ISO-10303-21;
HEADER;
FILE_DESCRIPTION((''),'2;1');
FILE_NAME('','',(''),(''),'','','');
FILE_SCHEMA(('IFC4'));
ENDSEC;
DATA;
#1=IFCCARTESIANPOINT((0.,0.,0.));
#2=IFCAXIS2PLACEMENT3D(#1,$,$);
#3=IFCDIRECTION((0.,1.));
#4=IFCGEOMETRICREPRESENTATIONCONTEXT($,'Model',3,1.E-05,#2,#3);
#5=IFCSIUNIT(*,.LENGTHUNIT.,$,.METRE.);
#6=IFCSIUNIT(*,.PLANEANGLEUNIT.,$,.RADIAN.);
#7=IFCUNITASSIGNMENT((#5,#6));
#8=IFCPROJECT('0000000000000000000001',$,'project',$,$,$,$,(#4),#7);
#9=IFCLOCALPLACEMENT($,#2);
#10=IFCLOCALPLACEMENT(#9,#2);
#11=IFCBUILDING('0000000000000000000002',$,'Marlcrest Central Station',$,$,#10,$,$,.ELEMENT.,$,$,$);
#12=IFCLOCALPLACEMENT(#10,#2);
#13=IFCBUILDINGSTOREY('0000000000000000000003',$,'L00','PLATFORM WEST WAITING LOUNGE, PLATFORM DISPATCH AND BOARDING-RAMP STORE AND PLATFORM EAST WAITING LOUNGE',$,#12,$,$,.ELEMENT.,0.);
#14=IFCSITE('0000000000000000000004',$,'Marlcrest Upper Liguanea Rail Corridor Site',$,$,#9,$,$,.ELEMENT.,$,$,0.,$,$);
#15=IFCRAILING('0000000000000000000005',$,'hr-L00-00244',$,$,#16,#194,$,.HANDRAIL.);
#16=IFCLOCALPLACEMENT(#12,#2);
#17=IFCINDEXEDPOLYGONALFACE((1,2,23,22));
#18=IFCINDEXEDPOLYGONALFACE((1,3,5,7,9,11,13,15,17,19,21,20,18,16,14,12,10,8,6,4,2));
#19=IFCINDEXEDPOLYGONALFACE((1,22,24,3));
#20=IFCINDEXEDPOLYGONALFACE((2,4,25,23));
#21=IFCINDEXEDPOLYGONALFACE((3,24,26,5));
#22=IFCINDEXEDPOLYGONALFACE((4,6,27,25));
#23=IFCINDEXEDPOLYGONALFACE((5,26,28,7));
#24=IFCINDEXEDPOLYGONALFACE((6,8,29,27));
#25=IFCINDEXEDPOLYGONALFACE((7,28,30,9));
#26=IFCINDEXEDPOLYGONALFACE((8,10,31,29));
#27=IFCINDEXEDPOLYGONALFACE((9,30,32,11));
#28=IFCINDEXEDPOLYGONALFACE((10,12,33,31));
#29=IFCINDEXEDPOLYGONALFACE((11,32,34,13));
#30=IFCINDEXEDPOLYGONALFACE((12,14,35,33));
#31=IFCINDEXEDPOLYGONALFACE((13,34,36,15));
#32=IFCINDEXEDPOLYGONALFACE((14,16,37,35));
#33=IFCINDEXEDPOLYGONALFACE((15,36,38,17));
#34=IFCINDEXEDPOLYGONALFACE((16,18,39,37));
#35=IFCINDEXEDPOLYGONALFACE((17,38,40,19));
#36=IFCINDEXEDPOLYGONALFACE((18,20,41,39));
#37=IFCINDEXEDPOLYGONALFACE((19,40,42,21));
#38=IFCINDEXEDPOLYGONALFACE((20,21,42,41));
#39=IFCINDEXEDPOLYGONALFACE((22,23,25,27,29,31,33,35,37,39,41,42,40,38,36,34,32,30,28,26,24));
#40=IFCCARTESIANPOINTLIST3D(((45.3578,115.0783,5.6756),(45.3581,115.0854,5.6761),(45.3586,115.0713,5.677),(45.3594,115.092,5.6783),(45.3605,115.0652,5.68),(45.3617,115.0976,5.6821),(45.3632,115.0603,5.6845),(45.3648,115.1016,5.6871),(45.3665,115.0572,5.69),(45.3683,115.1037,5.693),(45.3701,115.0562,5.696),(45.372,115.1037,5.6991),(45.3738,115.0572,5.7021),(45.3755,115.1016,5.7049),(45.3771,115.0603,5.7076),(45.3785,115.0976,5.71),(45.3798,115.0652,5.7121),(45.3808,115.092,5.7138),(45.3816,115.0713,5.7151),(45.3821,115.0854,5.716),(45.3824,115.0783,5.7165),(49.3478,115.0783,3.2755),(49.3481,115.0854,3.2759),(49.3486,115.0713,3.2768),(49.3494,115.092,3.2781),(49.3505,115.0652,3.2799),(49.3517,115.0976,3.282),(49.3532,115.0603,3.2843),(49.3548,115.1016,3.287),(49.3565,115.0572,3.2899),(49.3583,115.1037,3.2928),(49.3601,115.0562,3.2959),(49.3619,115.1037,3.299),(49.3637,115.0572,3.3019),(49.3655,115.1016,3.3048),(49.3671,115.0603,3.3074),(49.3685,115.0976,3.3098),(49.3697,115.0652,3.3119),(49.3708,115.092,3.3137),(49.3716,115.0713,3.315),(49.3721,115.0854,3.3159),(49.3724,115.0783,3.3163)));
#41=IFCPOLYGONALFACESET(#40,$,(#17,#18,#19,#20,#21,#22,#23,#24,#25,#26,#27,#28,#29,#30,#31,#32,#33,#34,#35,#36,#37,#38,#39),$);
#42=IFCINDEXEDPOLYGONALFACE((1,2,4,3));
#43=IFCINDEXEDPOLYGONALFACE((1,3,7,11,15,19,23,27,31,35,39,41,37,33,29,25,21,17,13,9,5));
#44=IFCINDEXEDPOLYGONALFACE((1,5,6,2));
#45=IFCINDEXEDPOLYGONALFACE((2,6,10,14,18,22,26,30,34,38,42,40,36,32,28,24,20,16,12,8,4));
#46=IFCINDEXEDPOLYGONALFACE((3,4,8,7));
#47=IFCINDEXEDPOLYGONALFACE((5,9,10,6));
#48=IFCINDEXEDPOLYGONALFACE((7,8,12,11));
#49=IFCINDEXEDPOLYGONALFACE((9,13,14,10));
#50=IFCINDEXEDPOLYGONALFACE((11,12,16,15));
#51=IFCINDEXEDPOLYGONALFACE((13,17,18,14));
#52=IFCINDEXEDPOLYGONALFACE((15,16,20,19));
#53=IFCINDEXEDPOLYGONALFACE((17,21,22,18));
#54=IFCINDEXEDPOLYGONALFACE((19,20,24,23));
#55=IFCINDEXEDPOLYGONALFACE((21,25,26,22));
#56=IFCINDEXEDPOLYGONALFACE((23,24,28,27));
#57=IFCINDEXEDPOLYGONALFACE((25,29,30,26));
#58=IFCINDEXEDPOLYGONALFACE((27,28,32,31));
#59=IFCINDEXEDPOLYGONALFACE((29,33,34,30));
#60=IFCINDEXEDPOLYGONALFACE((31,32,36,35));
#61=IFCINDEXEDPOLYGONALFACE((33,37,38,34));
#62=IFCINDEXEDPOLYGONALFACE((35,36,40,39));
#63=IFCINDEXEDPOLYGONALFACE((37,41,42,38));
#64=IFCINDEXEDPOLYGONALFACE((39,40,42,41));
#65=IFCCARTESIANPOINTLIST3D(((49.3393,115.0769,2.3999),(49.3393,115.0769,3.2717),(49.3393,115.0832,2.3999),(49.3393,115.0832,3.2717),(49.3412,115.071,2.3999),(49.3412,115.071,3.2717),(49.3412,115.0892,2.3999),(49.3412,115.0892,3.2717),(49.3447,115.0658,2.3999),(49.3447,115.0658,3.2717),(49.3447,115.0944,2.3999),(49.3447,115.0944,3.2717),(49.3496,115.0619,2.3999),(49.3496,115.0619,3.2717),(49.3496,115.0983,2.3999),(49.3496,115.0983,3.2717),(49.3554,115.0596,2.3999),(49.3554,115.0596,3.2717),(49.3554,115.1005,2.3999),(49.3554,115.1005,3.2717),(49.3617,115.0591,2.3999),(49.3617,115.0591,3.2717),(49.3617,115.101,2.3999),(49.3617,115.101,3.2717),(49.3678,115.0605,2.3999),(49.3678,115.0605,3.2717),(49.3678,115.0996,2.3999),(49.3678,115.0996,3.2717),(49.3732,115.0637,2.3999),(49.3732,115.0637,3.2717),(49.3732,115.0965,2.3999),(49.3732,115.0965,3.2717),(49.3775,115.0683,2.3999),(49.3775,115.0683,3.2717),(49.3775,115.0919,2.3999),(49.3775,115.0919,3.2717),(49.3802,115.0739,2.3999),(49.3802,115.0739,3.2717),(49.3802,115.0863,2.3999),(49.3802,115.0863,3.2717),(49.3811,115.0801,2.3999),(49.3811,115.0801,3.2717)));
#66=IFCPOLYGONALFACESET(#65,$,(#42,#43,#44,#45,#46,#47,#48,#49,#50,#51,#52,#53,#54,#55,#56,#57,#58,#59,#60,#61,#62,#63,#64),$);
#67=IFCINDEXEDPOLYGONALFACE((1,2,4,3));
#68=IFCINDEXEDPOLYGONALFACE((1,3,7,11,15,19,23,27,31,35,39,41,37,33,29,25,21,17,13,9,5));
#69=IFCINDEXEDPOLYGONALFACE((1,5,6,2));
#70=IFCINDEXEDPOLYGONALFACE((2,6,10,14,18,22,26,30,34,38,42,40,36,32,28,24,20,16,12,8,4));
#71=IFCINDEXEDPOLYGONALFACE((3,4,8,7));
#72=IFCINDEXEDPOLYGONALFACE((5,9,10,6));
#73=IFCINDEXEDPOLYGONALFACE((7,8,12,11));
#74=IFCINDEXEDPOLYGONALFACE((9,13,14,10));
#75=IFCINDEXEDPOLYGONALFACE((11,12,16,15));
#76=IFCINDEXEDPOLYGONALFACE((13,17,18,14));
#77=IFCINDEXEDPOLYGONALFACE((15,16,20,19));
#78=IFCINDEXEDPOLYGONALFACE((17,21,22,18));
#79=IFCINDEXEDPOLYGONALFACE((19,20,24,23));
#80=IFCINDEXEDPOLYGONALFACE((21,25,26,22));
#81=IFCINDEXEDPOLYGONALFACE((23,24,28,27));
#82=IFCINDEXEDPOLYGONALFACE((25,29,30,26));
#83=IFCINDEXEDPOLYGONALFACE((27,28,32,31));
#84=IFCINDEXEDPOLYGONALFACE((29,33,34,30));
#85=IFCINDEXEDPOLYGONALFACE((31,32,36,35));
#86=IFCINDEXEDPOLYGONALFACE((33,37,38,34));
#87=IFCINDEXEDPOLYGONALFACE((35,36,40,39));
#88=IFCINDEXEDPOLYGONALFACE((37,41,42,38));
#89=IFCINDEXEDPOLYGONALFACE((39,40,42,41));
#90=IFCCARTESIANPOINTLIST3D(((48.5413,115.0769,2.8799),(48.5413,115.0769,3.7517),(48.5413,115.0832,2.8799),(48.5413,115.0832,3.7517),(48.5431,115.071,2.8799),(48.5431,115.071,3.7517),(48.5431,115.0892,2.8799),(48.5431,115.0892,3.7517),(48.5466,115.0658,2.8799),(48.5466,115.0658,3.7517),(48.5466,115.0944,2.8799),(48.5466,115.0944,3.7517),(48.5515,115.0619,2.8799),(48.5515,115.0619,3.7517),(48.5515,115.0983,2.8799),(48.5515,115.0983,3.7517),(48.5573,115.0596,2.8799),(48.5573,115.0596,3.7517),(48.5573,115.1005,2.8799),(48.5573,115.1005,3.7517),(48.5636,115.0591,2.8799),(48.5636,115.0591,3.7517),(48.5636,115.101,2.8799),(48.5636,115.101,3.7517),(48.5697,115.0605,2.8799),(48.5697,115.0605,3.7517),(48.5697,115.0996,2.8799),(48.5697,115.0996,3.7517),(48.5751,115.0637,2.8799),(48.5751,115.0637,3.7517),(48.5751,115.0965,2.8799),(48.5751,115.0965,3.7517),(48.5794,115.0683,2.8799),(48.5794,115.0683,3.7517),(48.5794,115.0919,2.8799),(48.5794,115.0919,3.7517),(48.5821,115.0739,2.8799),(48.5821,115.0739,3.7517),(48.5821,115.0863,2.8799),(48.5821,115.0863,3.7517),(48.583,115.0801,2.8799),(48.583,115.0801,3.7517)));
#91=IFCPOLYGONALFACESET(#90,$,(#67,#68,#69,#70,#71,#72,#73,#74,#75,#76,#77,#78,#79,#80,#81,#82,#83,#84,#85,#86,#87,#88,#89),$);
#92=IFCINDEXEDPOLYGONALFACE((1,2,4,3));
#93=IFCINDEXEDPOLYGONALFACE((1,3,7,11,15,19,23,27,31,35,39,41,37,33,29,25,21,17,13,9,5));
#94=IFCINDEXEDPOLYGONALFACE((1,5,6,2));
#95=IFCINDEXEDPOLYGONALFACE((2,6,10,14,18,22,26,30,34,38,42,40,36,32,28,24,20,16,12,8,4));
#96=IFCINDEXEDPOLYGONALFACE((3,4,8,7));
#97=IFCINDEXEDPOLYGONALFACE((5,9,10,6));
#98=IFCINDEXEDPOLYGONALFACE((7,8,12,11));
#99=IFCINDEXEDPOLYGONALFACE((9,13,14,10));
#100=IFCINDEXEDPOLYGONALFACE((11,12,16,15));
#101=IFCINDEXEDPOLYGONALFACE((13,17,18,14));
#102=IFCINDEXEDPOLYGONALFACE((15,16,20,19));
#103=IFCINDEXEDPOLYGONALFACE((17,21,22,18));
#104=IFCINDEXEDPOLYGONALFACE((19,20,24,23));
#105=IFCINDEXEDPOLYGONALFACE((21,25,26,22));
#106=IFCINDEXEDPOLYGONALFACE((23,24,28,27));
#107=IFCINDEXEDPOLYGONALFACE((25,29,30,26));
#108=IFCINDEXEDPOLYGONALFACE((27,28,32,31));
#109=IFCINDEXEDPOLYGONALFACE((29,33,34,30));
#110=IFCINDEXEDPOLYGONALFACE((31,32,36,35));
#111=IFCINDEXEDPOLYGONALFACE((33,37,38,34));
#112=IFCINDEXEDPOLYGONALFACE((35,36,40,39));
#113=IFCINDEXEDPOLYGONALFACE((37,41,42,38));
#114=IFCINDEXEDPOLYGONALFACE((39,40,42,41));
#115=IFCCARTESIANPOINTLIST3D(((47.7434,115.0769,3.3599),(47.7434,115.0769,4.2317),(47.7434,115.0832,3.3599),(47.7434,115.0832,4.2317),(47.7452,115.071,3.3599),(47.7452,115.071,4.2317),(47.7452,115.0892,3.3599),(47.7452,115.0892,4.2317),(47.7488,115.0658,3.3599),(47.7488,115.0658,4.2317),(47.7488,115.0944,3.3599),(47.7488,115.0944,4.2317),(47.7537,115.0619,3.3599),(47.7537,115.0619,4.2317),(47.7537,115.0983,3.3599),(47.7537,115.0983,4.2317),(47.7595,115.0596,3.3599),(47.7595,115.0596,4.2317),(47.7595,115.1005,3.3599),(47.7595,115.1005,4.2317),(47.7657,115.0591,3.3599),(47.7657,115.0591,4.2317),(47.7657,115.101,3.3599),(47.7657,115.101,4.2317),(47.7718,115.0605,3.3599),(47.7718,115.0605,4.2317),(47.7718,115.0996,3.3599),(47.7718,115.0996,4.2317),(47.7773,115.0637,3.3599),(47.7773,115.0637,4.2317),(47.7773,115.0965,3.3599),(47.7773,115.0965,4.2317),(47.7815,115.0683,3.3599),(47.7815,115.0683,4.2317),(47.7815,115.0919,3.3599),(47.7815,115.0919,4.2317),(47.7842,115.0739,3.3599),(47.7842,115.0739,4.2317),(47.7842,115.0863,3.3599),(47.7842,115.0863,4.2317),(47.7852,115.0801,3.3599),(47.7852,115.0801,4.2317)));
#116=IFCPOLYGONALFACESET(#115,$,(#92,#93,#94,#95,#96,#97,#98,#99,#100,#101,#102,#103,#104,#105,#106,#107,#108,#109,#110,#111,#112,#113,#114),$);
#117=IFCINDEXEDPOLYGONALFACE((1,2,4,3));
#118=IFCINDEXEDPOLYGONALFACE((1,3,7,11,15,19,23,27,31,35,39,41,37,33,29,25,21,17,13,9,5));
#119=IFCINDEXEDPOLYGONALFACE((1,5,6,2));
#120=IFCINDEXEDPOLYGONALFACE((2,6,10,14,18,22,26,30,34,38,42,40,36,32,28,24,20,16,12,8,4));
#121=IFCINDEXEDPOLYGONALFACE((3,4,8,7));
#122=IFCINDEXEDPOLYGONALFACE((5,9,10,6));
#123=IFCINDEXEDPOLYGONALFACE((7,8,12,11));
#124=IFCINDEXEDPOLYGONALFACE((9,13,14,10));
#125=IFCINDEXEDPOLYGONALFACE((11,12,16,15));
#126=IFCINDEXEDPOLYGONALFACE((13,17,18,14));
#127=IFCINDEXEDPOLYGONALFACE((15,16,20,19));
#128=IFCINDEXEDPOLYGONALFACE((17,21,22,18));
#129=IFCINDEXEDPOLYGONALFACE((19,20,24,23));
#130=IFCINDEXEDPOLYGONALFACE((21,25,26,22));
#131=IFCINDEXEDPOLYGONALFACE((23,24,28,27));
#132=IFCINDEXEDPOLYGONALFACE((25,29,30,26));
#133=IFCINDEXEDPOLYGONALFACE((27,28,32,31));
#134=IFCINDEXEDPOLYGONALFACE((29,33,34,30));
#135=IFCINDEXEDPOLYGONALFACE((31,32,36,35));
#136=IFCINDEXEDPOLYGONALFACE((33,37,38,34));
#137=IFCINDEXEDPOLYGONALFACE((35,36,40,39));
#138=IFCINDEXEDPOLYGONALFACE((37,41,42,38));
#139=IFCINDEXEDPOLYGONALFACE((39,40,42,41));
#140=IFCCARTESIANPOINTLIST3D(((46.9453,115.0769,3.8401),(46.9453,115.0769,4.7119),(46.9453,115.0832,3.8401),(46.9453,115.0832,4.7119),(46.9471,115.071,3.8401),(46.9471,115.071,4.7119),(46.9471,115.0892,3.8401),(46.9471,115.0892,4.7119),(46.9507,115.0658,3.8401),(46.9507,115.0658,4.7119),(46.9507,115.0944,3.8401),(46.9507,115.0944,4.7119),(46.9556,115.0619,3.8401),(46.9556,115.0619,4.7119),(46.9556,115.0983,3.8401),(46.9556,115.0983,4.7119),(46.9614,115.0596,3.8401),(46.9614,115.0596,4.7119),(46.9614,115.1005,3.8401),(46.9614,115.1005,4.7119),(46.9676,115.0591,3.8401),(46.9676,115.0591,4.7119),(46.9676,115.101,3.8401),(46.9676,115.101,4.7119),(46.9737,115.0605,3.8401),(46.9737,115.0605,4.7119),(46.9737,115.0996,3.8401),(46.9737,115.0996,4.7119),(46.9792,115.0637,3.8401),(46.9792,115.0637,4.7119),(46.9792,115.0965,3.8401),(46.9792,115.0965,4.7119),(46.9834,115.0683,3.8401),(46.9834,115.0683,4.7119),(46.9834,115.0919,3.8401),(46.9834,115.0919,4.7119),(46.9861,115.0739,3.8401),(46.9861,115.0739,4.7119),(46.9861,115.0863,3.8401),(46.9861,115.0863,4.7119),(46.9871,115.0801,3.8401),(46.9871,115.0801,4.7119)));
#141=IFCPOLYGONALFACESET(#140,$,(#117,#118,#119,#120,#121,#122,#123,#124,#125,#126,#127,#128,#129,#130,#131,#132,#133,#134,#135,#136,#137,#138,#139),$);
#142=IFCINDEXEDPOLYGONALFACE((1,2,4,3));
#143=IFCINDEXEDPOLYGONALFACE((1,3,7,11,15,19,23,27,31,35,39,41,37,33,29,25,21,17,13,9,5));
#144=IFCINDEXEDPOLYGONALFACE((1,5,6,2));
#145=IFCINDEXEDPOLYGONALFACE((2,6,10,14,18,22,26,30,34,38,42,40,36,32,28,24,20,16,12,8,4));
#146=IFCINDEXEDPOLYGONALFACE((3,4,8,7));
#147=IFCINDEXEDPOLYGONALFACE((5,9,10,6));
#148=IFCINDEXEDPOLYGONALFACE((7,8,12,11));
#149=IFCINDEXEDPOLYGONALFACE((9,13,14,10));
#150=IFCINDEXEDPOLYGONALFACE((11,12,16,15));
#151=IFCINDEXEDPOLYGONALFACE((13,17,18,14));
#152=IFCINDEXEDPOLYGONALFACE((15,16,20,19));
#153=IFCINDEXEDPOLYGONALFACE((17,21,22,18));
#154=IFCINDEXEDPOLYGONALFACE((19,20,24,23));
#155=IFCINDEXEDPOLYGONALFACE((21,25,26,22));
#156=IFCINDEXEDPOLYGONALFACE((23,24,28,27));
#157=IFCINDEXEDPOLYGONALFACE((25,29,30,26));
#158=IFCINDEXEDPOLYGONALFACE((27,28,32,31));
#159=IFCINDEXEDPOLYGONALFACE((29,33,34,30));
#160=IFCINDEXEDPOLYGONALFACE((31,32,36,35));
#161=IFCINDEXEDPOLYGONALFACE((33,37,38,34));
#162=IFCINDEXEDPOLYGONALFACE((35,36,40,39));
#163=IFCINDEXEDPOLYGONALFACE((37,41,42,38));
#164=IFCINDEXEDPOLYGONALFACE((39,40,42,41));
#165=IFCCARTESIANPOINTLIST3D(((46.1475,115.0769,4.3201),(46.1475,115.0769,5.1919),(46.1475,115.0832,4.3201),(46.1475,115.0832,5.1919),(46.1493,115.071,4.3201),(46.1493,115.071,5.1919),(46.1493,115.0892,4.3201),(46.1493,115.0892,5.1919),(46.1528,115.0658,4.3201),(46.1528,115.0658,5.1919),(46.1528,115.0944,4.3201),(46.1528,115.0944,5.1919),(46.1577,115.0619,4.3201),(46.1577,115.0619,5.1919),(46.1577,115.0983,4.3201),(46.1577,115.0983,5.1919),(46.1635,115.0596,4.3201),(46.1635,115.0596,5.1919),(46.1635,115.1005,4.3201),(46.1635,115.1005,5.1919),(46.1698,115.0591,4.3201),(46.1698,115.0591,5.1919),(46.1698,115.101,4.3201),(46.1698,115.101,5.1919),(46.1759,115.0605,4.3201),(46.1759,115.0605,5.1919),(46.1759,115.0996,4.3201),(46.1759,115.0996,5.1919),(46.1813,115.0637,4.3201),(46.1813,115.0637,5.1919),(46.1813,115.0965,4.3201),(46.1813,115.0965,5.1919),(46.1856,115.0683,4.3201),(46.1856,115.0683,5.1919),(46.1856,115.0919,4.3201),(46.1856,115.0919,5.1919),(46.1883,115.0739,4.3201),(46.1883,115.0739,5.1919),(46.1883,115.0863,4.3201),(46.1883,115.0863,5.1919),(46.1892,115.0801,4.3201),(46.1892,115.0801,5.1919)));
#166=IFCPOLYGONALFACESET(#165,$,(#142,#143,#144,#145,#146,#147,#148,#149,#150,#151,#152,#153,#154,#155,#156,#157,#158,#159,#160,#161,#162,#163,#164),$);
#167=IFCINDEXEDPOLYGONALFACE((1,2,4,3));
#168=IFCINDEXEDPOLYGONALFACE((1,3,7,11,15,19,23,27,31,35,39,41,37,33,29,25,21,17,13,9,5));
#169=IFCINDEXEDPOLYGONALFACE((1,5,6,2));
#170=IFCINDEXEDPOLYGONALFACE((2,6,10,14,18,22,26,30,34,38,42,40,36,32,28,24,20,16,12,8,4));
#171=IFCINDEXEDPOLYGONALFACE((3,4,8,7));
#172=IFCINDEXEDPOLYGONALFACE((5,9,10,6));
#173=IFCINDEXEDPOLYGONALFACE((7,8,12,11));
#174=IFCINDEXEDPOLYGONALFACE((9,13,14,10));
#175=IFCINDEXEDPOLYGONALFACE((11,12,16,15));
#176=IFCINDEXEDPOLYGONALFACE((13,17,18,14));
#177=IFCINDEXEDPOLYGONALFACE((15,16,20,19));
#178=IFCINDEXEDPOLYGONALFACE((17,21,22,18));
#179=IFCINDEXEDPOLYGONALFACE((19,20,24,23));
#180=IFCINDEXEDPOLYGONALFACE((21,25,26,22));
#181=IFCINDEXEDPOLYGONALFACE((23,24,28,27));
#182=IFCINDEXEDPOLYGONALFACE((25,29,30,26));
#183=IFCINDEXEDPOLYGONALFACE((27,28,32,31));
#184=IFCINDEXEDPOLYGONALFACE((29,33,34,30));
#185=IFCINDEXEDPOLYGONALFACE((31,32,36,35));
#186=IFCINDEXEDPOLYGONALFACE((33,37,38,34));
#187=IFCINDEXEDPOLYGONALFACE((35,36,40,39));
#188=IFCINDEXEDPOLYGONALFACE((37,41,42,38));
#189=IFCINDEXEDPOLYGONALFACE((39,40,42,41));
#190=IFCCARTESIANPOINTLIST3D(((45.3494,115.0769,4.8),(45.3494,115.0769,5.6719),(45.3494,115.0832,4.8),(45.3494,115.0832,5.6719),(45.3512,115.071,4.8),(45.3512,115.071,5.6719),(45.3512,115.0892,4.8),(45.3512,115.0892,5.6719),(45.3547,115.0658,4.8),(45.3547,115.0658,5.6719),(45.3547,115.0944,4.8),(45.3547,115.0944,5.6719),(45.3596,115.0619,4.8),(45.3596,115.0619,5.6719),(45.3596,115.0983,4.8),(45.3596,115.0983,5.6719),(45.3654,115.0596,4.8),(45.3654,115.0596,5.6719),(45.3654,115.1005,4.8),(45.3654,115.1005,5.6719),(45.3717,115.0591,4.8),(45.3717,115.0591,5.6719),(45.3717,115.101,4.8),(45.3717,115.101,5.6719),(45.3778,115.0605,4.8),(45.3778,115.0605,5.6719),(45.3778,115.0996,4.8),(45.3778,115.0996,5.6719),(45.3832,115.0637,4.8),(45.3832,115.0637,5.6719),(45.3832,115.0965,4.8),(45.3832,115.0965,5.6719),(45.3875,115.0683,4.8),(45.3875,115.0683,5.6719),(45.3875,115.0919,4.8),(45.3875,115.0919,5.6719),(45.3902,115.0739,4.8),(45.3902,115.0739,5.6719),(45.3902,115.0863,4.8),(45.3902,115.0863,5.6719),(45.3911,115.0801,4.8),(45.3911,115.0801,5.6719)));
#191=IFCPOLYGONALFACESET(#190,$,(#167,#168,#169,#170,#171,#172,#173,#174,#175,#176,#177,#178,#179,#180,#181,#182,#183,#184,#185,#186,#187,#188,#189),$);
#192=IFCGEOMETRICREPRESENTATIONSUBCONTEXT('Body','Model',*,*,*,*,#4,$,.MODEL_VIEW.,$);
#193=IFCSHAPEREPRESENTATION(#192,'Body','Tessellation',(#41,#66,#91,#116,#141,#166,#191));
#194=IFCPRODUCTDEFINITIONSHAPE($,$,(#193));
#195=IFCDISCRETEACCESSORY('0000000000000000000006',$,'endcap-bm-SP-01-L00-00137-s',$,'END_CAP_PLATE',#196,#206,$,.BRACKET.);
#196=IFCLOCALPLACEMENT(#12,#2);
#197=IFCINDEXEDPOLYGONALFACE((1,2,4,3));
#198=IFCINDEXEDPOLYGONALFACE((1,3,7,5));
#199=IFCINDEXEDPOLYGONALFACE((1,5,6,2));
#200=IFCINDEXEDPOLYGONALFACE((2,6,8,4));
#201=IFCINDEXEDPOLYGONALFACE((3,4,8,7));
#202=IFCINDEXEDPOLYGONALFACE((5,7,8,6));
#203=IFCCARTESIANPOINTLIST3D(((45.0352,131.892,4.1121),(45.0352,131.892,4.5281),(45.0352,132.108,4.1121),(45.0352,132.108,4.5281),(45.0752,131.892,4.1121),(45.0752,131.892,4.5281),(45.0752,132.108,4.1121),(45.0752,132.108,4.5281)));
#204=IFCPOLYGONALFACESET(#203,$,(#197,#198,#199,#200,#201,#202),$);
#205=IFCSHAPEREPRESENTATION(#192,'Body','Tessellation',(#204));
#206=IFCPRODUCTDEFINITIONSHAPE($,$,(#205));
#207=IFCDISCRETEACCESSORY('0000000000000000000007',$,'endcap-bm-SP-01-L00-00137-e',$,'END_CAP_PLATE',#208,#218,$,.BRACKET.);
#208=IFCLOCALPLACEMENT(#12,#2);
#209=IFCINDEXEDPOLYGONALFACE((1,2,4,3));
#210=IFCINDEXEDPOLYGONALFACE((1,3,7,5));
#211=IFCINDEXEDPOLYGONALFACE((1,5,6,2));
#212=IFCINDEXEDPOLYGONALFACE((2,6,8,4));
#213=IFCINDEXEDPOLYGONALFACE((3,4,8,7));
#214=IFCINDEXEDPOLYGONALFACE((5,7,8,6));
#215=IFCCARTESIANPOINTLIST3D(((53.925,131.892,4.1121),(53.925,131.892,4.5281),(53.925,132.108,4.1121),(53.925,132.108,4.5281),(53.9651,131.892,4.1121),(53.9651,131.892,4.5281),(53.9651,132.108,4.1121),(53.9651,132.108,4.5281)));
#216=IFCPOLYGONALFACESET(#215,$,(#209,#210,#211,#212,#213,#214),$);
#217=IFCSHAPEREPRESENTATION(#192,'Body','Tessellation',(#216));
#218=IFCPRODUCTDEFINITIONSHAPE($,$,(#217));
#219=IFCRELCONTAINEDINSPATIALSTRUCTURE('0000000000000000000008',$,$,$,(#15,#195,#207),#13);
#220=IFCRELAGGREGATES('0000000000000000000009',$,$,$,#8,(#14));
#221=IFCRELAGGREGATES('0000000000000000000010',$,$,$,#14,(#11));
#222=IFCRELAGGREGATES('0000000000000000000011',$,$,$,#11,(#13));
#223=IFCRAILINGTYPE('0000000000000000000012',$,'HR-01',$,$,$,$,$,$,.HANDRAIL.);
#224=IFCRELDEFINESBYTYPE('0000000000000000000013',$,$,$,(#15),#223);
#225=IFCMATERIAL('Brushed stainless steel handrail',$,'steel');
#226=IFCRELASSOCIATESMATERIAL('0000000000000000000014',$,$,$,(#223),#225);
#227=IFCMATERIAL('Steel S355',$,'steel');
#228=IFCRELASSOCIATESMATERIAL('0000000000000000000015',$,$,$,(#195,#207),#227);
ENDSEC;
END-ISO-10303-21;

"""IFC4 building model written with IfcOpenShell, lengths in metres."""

from ifc_helpers import new_model, si_unit, direction, frame, origin, origin_2d, place, context, subcontext, project, spatial, rectangle, circle, extrude, material, type_object, element, save


model = new_model("IFC4")

# Units and contexts
model_context = context("Model", 3, precision=1e-05, world=origin(), true_north=direction((0.0, 1.0)))
body_context = subcontext(model_context, "Body", "Model", "MODEL_VIEW")
ifc_project = project(units=[si_unit("LENGTHUNIT", "METRE"), si_unit("PLANEANGLEUNIT", "RADIAN")], contexts=[model_context])

# Site, building, storey
site_placement = place(None, origin())
site = spatial("IfcSite", under=ifc_project, at=site_placement, Name="Marlcrest Upper Liguanea Rail Corridor Site", CompositionType="ELEMENT", RefElevation=0.0)
building_placement = place(site_placement, origin())
building = spatial("IfcBuilding", under=site, at=building_placement, Name="Marlcrest Central Station", CompositionType="ELEMENT")
storey_placement = place(building_placement, origin())
storey = spatial("IfcBuildingStorey", under=building, at=storey_placement, Name="L00", Description="PLATFORM WEST WAITING LOUNGE, PLATFORM DISPATCH AND BOARDING-RAMP STORE AND PLATFORM EAST WAITING LOUNGE", CompositionType="ELEMENT", Elevation=0.0)

# Shared definitions
ifc_material_1 = material(Name="Steel S355", Category="steel")

# Railing
ifc_material_2 = material(Name="Brushed stainless steel handrail", Category="steel")
railing_type_1 = type_object("IfcRailingType", Name="HR-01", PredefinedType="HANDRAIL", material=ifc_material_2)
railing_1_placement = place(storey_placement, frame((49.3601, 115.0801, 2.3999)))
element("IfcRailing", 1, at=railing_1_placement, inside=storey, type_object=railing_type_1, Name="hr-L00-00244", PredefinedType="HANDRAIL", context=body_context, shape_type="SweptSolid", body=[
    extrude(circle(Radius=0.0239, at=origin_2d()), frame((0.0, 0.0, 0.896), z_axis=(-0.856909, 0.0, 0.515467), x_axis=(0.0, -1.0, 0.0)), (0.0, 0.0, 1.0), 4.6562),
    extrude(circle(Radius=0.021, at=origin_2d()), origin(), (0.0, 0.0, 1.0), 0.8718),
    extrude(circle(Radius=0.021, at=origin_2d()), frame((-0.7981, 0.0, 0.48)), (0.0, 0.0, 1.0), 0.8718),
    extrude(circle(Radius=0.021, at=origin_2d()), frame((-1.5959, 0.0, 0.96)), (0.0, 0.0, 1.0), 0.8718),
    extrude(circle(Radius=0.021, at=origin_2d()), frame((-2.394, 0.0, 1.4402)), (0.0, 0.0, 1.0), 0.8718),
    extrude(circle(Radius=0.021, at=origin_2d()), frame((-3.1919, 0.0, 1.9202)), (0.0, 0.0, 1.0), 0.8718),
    extrude(circle(Radius=0.021, at=origin_2d()), frame((-3.99, 0.0, 2.4001)), (0.0, 0.0, 1.0), 0.8718),
])

# Discrete accessories
for number, where, z_axis, x_axis, name in (
    (2, (45.0352, 132.0, 4.3201), (1.0, 0.0, 0.0), (0.0, 1.0, 0.0), "endcap-bm-SP-01-L00-00137-s"),
    (3, (53.925, 132.0, 4.3201), (1.0, 0.0, 0.0), (0.0, 1.0, 0.0), "endcap-bm-SP-01-L00-00137-e"),
):
    element("IfcDiscreteAccessory", number, at=place(storey_placement, frame(where, z_axis=z_axis, x_axis=x_axis)), inside=storey, material=ifc_material_1, Name=name, ObjectType="END_CAP_PLATE", PredefinedType="BRACKET", context=body_context, shape_type="SweptSolid", body=[
        extrude(rectangle(XDim=0.2161, YDim=0.416, at=origin_2d()), origin(), (0.0, 0.0, 1.0), 0.04),
    ])

save(model, "model.ifc")
